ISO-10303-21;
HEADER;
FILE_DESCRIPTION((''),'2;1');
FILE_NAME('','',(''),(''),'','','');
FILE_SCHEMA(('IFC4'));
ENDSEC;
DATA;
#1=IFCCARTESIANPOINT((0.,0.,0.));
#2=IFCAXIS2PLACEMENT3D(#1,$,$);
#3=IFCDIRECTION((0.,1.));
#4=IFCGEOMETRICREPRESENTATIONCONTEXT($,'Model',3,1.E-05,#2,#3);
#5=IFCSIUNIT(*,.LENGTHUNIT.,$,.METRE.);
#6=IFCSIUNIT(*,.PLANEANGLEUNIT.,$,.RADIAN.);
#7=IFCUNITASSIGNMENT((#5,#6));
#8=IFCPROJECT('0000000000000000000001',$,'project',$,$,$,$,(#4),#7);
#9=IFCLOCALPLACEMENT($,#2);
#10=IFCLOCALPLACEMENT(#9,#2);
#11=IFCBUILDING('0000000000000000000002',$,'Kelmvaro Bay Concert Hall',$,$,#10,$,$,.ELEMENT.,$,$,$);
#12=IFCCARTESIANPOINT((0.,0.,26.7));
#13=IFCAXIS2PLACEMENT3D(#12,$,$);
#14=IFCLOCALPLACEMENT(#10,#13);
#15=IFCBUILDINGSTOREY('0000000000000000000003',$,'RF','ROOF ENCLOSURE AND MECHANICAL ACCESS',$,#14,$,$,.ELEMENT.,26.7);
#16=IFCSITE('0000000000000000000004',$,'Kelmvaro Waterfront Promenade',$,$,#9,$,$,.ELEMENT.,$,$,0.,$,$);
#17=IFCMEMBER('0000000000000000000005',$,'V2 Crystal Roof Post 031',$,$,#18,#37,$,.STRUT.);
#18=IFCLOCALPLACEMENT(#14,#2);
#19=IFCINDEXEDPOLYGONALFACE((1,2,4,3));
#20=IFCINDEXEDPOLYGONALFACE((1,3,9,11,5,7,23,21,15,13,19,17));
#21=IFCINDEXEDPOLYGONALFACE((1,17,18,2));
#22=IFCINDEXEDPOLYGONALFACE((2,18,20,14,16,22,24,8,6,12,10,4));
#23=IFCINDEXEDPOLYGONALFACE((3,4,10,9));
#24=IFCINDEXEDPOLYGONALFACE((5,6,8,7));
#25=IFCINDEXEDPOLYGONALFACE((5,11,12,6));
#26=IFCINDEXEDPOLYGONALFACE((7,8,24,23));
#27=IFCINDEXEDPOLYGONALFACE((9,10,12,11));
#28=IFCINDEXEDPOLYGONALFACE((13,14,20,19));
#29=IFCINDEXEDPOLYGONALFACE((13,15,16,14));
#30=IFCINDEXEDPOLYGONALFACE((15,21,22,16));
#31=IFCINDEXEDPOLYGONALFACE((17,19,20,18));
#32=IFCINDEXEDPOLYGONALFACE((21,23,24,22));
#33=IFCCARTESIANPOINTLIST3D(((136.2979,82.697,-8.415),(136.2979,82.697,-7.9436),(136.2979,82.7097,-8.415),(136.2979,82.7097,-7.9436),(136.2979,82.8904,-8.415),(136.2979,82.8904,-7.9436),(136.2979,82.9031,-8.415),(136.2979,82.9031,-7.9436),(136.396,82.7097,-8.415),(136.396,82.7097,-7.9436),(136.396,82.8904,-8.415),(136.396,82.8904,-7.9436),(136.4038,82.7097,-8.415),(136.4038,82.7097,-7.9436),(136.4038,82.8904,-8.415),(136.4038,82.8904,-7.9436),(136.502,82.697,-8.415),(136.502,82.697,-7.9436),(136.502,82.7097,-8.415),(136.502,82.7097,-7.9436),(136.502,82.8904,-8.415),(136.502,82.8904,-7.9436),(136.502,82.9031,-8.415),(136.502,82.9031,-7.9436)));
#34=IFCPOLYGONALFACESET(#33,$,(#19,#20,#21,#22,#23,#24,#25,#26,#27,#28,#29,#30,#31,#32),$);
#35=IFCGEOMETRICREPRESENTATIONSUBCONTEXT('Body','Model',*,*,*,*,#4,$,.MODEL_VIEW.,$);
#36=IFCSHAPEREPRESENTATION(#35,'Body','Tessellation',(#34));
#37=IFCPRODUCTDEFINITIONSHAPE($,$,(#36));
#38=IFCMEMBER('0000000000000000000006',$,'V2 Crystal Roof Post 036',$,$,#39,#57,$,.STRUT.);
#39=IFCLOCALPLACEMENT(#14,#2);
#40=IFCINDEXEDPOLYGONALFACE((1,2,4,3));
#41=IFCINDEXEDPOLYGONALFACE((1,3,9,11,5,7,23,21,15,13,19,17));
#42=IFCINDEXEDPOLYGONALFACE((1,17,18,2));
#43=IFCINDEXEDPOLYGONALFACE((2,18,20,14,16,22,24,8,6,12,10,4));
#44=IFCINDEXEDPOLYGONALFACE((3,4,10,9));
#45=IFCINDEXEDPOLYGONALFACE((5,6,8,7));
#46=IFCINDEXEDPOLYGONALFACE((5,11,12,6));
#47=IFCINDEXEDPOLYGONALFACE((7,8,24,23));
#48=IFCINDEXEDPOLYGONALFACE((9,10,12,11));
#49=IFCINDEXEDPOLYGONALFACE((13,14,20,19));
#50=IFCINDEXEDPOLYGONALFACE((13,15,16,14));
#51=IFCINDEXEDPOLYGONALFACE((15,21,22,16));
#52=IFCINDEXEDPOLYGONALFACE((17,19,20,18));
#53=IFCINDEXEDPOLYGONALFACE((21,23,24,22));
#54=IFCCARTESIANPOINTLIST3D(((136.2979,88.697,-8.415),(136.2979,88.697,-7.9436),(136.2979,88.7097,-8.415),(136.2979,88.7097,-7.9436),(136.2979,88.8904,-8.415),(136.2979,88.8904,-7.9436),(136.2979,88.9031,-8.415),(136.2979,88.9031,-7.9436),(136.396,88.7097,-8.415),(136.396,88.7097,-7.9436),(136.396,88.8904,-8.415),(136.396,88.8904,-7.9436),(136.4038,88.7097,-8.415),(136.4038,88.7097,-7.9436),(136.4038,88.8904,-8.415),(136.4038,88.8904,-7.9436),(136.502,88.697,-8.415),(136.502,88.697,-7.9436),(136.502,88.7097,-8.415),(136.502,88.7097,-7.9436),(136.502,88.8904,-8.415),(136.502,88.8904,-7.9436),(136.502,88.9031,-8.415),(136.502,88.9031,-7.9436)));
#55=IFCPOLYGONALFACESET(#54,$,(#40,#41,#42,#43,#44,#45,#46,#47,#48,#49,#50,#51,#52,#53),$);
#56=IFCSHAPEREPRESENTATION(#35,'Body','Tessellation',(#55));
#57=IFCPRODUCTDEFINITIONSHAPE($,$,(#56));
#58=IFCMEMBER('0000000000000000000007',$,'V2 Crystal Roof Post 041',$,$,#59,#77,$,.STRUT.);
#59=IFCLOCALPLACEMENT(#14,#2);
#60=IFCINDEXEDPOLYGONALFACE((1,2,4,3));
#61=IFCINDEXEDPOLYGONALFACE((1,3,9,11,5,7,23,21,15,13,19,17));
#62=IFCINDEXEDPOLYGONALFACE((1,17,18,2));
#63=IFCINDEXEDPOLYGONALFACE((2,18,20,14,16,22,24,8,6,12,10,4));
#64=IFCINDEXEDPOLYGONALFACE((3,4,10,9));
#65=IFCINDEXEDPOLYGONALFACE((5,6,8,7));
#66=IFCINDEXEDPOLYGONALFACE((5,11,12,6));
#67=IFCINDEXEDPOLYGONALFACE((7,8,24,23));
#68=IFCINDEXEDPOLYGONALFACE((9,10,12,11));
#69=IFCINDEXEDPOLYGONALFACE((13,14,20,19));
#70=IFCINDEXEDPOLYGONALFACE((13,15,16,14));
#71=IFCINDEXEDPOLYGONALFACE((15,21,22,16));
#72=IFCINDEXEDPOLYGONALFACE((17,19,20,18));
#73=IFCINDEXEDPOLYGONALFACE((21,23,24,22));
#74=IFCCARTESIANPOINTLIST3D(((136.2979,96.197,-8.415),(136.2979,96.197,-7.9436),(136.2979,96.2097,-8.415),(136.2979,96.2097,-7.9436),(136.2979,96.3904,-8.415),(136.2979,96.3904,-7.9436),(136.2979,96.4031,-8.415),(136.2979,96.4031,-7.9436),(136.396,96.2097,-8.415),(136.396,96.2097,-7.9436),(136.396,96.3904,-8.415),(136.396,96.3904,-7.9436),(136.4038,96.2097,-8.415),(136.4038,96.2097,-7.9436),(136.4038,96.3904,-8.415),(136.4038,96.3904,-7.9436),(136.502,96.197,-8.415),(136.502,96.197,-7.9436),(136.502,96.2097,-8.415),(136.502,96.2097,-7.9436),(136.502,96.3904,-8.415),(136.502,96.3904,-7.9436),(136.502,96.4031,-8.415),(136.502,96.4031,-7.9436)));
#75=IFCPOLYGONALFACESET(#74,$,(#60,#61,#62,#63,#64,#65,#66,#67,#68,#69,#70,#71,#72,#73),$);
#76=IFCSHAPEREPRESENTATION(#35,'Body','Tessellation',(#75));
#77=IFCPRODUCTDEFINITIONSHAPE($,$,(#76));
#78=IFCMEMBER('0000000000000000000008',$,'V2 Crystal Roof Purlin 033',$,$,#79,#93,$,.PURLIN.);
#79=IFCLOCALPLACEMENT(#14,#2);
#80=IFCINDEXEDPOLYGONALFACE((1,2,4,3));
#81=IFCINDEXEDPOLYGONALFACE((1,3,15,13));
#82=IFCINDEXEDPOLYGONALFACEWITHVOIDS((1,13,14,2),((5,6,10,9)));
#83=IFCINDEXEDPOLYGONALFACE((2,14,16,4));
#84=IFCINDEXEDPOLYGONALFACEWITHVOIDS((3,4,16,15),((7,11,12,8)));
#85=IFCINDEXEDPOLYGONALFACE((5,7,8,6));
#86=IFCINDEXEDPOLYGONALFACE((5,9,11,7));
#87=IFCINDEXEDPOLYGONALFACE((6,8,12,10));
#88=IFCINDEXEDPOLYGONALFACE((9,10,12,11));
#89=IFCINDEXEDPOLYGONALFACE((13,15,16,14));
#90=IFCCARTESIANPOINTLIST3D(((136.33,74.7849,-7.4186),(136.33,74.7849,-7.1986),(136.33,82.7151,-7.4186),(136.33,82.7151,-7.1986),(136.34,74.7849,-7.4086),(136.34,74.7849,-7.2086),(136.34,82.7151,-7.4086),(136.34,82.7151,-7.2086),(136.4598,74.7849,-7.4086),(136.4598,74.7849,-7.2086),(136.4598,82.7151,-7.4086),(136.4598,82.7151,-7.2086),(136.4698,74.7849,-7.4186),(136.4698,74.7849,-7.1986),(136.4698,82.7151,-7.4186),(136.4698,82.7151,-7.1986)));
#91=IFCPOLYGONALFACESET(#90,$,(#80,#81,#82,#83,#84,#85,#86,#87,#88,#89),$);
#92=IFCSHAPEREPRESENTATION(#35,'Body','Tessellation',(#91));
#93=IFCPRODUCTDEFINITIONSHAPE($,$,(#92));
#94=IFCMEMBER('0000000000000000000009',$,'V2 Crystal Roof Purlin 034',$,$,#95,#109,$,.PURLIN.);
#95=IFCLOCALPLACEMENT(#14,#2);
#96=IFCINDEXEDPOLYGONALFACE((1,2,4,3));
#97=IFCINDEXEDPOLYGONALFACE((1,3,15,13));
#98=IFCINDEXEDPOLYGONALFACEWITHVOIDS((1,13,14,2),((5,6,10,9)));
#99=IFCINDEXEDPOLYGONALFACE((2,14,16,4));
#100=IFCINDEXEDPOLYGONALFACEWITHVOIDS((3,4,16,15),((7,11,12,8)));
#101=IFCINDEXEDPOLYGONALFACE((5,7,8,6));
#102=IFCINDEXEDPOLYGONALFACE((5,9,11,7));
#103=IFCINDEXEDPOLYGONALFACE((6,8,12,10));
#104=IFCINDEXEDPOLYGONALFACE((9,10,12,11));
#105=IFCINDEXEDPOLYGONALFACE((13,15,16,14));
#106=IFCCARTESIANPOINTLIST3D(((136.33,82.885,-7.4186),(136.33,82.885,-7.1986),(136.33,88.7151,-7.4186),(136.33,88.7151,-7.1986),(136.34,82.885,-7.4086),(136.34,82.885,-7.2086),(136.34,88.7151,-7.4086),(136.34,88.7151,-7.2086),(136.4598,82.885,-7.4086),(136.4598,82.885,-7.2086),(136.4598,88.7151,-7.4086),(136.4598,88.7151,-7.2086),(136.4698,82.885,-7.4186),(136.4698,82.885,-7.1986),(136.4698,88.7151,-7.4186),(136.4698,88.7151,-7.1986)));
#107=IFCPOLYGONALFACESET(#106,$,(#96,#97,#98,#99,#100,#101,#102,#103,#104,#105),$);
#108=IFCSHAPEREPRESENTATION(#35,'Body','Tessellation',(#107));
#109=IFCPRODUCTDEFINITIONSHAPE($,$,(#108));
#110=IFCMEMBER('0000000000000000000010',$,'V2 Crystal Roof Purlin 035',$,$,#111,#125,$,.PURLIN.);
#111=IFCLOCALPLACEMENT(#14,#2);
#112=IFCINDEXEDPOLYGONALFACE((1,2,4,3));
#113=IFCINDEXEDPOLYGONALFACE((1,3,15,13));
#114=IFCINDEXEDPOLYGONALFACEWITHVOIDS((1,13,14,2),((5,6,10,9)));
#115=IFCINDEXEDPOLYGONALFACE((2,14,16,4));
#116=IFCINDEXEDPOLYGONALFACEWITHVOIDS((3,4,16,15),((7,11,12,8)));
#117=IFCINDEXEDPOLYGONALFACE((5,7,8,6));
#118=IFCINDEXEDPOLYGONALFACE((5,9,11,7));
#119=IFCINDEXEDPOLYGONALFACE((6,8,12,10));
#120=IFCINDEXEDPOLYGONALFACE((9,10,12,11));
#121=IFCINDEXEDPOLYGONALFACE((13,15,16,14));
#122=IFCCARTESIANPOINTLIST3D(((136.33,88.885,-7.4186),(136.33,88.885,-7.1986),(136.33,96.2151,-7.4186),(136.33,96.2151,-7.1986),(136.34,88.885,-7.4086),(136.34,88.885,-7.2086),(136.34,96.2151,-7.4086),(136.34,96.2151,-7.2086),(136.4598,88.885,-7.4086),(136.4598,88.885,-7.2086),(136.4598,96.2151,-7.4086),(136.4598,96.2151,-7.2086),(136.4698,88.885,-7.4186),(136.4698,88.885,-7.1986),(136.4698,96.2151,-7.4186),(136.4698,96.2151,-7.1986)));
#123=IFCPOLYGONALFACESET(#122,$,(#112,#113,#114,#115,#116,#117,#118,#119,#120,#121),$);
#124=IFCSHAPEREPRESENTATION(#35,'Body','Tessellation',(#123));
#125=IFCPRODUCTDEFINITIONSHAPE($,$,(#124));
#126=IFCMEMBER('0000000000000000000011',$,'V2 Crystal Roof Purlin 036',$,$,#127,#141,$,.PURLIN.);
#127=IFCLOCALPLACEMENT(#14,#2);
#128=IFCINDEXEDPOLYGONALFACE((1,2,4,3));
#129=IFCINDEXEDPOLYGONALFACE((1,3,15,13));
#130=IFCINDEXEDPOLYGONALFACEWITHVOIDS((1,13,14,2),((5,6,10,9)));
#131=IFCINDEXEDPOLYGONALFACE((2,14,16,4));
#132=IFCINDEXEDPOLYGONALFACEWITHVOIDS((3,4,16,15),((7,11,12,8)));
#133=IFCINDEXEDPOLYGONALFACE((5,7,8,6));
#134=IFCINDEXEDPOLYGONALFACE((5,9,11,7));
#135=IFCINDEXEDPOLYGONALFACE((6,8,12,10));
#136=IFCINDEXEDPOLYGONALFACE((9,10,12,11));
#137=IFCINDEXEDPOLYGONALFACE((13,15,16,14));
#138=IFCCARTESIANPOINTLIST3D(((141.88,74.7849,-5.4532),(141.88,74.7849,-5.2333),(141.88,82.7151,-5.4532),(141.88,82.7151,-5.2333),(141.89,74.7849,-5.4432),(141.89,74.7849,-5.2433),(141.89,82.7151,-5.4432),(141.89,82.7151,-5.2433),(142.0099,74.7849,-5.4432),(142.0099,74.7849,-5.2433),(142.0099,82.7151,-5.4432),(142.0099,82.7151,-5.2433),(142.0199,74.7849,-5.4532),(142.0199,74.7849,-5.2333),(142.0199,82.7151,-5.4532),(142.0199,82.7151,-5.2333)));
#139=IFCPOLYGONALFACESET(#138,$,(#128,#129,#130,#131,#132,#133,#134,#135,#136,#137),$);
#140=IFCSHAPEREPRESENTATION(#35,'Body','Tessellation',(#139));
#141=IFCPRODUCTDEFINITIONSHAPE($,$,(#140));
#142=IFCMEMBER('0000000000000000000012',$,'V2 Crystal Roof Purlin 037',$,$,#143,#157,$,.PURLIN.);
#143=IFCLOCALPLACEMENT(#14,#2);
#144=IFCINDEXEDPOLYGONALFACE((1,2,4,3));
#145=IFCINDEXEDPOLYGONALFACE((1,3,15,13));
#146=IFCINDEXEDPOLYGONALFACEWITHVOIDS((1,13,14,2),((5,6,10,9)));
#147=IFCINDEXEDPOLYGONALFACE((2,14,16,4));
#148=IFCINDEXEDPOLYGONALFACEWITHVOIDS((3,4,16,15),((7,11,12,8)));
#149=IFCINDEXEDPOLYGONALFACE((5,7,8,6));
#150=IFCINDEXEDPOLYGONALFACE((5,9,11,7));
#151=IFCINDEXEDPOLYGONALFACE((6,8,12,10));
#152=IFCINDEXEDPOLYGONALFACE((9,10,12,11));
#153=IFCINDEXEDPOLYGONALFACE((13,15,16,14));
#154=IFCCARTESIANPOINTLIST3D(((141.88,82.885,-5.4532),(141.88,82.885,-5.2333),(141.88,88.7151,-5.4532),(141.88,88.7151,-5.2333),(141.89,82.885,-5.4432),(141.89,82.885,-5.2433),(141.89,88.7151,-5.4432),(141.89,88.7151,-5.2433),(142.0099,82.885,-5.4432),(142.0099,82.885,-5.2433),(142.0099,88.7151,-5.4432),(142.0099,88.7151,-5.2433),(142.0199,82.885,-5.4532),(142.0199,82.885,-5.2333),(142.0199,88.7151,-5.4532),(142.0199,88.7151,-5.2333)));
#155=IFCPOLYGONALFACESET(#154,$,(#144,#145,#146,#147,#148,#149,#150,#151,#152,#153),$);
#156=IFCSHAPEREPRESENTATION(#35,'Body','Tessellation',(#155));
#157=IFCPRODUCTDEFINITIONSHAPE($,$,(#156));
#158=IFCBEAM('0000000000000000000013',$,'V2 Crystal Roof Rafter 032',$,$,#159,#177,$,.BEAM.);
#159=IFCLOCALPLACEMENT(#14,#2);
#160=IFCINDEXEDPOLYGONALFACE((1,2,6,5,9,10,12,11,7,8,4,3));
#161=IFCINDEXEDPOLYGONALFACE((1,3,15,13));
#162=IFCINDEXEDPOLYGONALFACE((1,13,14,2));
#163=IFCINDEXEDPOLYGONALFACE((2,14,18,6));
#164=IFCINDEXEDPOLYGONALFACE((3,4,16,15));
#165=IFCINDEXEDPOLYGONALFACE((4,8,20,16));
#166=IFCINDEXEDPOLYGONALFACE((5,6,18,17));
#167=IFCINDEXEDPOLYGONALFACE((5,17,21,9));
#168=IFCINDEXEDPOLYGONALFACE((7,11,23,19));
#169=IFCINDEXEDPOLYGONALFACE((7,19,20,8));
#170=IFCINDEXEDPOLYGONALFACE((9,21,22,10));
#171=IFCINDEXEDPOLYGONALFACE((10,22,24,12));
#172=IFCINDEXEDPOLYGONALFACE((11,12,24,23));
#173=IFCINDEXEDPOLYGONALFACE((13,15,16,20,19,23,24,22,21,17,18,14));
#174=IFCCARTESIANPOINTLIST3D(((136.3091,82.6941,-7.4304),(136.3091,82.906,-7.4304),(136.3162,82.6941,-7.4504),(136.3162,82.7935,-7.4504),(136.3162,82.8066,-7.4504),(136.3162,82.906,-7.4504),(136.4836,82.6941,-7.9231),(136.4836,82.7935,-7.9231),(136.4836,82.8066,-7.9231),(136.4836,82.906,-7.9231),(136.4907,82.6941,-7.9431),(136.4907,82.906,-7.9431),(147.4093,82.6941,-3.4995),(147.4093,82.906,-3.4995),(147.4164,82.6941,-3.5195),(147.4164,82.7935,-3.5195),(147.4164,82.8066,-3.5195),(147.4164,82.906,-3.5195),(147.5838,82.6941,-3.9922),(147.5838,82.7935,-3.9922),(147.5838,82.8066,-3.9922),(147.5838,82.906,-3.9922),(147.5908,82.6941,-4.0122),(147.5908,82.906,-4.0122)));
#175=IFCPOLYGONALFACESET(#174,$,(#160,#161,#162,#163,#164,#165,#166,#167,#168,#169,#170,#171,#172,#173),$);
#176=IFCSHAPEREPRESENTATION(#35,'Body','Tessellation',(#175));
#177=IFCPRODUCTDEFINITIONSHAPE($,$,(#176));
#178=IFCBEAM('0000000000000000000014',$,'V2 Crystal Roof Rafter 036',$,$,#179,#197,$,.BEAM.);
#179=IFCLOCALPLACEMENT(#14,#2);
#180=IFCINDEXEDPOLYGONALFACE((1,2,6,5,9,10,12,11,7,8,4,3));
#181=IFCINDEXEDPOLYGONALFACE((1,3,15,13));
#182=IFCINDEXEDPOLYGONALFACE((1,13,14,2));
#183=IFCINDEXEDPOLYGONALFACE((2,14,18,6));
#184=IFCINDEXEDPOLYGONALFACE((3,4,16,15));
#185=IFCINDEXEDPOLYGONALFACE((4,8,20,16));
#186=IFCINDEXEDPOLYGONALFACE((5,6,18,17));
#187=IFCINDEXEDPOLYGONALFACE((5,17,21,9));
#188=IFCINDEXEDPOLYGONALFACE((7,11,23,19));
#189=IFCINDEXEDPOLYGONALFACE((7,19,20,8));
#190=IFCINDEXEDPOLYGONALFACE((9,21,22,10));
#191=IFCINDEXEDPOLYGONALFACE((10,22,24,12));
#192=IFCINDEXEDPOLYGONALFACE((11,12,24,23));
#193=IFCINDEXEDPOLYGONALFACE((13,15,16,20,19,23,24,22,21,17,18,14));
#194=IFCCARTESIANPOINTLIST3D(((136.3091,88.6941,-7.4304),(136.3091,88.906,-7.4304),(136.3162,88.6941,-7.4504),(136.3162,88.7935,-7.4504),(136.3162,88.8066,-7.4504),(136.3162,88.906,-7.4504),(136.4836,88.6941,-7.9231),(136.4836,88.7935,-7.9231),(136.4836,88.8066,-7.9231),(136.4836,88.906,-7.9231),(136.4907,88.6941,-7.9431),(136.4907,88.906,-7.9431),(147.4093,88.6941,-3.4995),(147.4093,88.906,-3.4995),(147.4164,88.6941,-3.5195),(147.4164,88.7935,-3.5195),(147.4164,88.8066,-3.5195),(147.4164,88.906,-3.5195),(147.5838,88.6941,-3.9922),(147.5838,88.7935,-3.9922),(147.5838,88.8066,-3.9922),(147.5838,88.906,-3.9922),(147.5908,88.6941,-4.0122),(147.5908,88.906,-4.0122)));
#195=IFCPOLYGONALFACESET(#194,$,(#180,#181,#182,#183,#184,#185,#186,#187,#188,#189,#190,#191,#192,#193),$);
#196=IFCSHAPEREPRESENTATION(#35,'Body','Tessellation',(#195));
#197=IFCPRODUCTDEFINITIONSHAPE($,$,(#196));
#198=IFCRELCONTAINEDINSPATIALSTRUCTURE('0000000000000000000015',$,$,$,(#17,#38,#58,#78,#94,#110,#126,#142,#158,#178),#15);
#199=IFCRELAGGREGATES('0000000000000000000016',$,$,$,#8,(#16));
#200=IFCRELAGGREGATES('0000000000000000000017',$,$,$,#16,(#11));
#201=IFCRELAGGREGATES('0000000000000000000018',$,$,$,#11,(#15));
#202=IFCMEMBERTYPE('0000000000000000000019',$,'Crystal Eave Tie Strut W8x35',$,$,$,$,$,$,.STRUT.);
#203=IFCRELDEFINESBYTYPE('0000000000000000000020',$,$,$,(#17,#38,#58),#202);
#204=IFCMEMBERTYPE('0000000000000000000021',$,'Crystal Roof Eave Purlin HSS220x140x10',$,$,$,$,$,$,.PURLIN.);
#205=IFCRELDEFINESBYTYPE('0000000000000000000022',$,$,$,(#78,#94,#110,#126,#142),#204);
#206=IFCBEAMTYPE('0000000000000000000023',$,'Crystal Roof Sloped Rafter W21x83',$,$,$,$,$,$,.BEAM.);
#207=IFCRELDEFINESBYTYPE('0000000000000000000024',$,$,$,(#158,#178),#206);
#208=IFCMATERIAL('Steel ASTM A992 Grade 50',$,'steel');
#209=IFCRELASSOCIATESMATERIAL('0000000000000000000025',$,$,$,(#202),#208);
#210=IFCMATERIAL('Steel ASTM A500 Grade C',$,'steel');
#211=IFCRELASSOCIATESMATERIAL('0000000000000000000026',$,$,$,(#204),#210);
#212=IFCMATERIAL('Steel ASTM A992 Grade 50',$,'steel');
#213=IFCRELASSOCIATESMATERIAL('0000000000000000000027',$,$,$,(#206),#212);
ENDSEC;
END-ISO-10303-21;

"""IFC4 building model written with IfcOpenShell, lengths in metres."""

from ifc_helpers import new_model, si_unit, direction, frame, origin, origin_2d, place, context, subcontext, project, spatial, hollow_rectangle, i_section, extrude, material, material_profile, profile_set, type_object, element, save


model = new_model("IFC4")

# Units and contexts
model_context = context("Model", 3, precision=1e-05, world=origin(), true_north=direction((0.0, 1.0)))
body_context = subcontext(model_context, "Body", "Model", "MODEL_VIEW")
ifc_project = project(units=[si_unit("LENGTHUNIT", "METRE"), si_unit("PLANEANGLEUNIT", "RADIAN")], contexts=[model_context])

# Site, building, storey
site_placement = place(None, origin())
site = spatial("IfcSite", under=ifc_project, at=site_placement, Name="Kelmvaro Waterfront Promenade", CompositionType="ELEMENT", RefElevation=0.0)
building_placement = place(site_placement, origin())
building = spatial("IfcBuilding", under=site, at=building_placement, Name="Kelmvaro Bay Concert Hall", CompositionType="ELEMENT")
storey_placement = place(building_placement, frame((0.0, 0.0, 26.7)))
storey = spatial("IfcBuildingStorey", under=building, at=storey_placement, Name="RF", Description="ROOF ENCLOSURE AND MECHANICAL ACCESS", CompositionType="ELEMENT", Elevation=26.7)

# Members
ifc_material_1 = material(Name="Steel ASTM A992 Grade 50", Category="steel")
ifc_material_profile_1 = material_profile(ifc_material_1, i_section(OverallWidth=0.2041, OverallDepth=0.2061, WebThickness=0.0078, FlangeThickness=0.0127, at=origin_2d()), Name="W8X35")
ifc_profile_set_1 = profile_set([ifc_material_profile_1], Name="Steel ASTM A992 Grade 50")
member_type_1 = type_object("IfcMemberType", Name="Crystal Eave Tie Strut W8x35", PredefinedType="STRUT", material=ifc_profile_set_1)
for number, where, z_axis, x_axis, name in (
    (1, (136.3999, 82.8, -8.415), (0.0, 0.0, 1.0), (1.0, 0.0, 0.0), "V2 Crystal Roof Post 031"),
    (2, (136.3999, 88.8, -8.415), (0.0, 0.0, 1.0), (1.0, 0.0, 0.0), "V2 Crystal Roof Post 036"),
    (3, (136.3999, 96.3, -8.415), (0.0, 0.0, 1.0), (1.0, 0.0, 0.0), "V2 Crystal Roof Post 041"),
):
    element("IfcMember", number, at=place(storey_placement, frame(where, z_axis=z_axis, x_axis=x_axis)), inside=storey, type_object=member_type_1, Name=name, PredefinedType="STRUT", context=body_context, shape_type="SweptSolid", body=[
        extrude(i_section(OverallWidth=0.2041, OverallDepth=0.2061, WebThickness=0.0078, FlangeThickness=0.0127, at=origin_2d()), origin(), (0.0, 0.0, 1.0), 0.4714),
    ])
ifc_material_2 = material(Name="Steel ASTM A500 Grade C", Category="steel")
ifc_material_profile_2 = material_profile(ifc_material_2, hollow_rectangle(XDim=0.1399, YDim=0.22, WallThickness=0.01, at=origin_2d()), Name="HSS220X140X10")
ifc_profile_set_2 = profile_set([ifc_material_profile_2], Name="Steel ASTM A500 Grade C")
member_type_2 = type_object("IfcMemberType", Name="Crystal Roof Eave Purlin HSS220x140x10", PredefinedType="PURLIN", material=ifc_profile_set_2)
member_1_placement = place(storey_placement, frame((136.3999, 74.7849, -7.3086), z_axis=(0.0, 1.0, 0.0), x_axis=(-1.0, 0.0, 0.0)))
element("IfcMember", 4, at=member_1_placement, inside=storey, type_object=member_type_2, Name="V2 Crystal Roof Purlin 033", PredefinedType="PURLIN", context=body_context, shape_type="SweptSolid", body=[
    extrude(hollow_rectangle(XDim=0.1399, YDim=0.22, WallThickness=0.01, at=origin_2d()), origin(), (0.0, 0.0, 1.0), 7.9302),
])
member_2_placement = place(storey_placement, frame((136.3999, 82.885, -7.3086), z_axis=(0.0, 1.0, 0.0), x_axis=(-1.0, 0.0, 0.0)))
element("IfcMember", 5, at=member_2_placement, inside=storey, type_object=member_type_2, Name="V2 Crystal Roof Purlin 034", PredefinedType="PURLIN", context=body_context, shape_type="SweptSolid", body=[
    extrude(hollow_rectangle(XDim=0.1399, YDim=0.22, WallThickness=0.01, at=origin_2d()), origin(), (0.0, 0.0, 1.0), 5.8301),
])
member_3_placement = place(storey_placement, frame((136.3999, 88.885, -7.3086), z_axis=(0.0, 1.0, 0.0), x_axis=(-1.0, 0.0, 0.0)))
element("IfcMember", 6, at=member_3_placement, inside=storey, type_object=member_type_2, Name="V2 Crystal Roof Purlin 035", PredefinedType="PURLIN", context=body_context, shape_type="SweptSolid", body=[
    extrude(hollow_rectangle(XDim=0.1399, YDim=0.22, WallThickness=0.01, at=origin_2d()), origin(), (0.0, 0.0, 1.0), 7.3301),
])
member_4_placement = place(storey_placement, frame((141.95, 74.7849, -5.3433), z_axis=(0.0, 1.0, 0.0), x_axis=(-1.0, 0.0, 0.0)))
element("IfcMember", 7, at=member_4_placement, inside=storey, type_object=member_type_2, Name="V2 Crystal Roof Purlin 036", PredefinedType="PURLIN", context=body_context, shape_type="SweptSolid", body=[
    extrude(hollow_rectangle(XDim=0.1399, YDim=0.22, WallThickness=0.01, at=origin_2d()), origin(), (0.0, 0.0, 1.0), 7.9302),
])
member_5_placement = place(storey_placement, frame((141.95, 82.885, -5.3433), z_axis=(0.0, 1.0, 0.0), x_axis=(-1.0, 0.0, 0.0)))
element("IfcMember", 8, at=member_5_placement, inside=storey, type_object=member_type_2, Name="V2 Crystal Roof Purlin 037", PredefinedType="PURLIN", context=body_context, shape_type="SweptSolid", body=[
    extrude(hollow_rectangle(XDim=0.1399, YDim=0.22, WallThickness=0.01, at=origin_2d()), origin(), (0.0, 0.0, 1.0), 5.8301),
])

# Beams
ifc_material_3 = material(Name="Steel ASTM A992 Grade 50", Category="steel")
ifc_material_profile_3 = material_profile(ifc_material_3, i_section(OverallWidth=0.2119, OverallDepth=0.5439, WebThickness=0.0132, FlangeThickness=0.0212, at=origin_2d()), Name="W21X83")
ifc_profile_set_3 = profile_set([ifc_material_profile_3], Name="Steel ASTM A992 Grade 50")
beam_type = type_object("IfcBeamType", Name="Crystal Roof Sloped Rafter W21x83", PredefinedType="BEAM", material=ifc_profile_set_3)
for number, where, z_axis, x_axis, name in (
    (9, (136.3999, 82.8, -7.6868), (0.942637, 0.0, 0.333819), (0.0, 1.0, 0.0), "V2 Crystal Roof Rafter 032"),
    (10, (136.3999, 88.8, -7.6868), (0.942637, 0.0, 0.333819), (0.0, 1.0, 0.0), "V2 Crystal Roof Rafter 036"),
):
    element("IfcBeam", number, at=place(storey_placement, frame(where, z_axis=z_axis, x_axis=x_axis)), inside=storey, type_object=beam_type, Name=name, PredefinedType="BEAM", context=body_context, shape_type="SweptSolid", body=[
        extrude(i_section(OverallWidth=0.2119, OverallDepth=0.5439, WebThickness=0.0132, FlangeThickness=0.0212, at=origin_2d()), origin(), (0.0, 0.0, 1.0), 11.7756),
    ])

save(model, "model.ifc")
